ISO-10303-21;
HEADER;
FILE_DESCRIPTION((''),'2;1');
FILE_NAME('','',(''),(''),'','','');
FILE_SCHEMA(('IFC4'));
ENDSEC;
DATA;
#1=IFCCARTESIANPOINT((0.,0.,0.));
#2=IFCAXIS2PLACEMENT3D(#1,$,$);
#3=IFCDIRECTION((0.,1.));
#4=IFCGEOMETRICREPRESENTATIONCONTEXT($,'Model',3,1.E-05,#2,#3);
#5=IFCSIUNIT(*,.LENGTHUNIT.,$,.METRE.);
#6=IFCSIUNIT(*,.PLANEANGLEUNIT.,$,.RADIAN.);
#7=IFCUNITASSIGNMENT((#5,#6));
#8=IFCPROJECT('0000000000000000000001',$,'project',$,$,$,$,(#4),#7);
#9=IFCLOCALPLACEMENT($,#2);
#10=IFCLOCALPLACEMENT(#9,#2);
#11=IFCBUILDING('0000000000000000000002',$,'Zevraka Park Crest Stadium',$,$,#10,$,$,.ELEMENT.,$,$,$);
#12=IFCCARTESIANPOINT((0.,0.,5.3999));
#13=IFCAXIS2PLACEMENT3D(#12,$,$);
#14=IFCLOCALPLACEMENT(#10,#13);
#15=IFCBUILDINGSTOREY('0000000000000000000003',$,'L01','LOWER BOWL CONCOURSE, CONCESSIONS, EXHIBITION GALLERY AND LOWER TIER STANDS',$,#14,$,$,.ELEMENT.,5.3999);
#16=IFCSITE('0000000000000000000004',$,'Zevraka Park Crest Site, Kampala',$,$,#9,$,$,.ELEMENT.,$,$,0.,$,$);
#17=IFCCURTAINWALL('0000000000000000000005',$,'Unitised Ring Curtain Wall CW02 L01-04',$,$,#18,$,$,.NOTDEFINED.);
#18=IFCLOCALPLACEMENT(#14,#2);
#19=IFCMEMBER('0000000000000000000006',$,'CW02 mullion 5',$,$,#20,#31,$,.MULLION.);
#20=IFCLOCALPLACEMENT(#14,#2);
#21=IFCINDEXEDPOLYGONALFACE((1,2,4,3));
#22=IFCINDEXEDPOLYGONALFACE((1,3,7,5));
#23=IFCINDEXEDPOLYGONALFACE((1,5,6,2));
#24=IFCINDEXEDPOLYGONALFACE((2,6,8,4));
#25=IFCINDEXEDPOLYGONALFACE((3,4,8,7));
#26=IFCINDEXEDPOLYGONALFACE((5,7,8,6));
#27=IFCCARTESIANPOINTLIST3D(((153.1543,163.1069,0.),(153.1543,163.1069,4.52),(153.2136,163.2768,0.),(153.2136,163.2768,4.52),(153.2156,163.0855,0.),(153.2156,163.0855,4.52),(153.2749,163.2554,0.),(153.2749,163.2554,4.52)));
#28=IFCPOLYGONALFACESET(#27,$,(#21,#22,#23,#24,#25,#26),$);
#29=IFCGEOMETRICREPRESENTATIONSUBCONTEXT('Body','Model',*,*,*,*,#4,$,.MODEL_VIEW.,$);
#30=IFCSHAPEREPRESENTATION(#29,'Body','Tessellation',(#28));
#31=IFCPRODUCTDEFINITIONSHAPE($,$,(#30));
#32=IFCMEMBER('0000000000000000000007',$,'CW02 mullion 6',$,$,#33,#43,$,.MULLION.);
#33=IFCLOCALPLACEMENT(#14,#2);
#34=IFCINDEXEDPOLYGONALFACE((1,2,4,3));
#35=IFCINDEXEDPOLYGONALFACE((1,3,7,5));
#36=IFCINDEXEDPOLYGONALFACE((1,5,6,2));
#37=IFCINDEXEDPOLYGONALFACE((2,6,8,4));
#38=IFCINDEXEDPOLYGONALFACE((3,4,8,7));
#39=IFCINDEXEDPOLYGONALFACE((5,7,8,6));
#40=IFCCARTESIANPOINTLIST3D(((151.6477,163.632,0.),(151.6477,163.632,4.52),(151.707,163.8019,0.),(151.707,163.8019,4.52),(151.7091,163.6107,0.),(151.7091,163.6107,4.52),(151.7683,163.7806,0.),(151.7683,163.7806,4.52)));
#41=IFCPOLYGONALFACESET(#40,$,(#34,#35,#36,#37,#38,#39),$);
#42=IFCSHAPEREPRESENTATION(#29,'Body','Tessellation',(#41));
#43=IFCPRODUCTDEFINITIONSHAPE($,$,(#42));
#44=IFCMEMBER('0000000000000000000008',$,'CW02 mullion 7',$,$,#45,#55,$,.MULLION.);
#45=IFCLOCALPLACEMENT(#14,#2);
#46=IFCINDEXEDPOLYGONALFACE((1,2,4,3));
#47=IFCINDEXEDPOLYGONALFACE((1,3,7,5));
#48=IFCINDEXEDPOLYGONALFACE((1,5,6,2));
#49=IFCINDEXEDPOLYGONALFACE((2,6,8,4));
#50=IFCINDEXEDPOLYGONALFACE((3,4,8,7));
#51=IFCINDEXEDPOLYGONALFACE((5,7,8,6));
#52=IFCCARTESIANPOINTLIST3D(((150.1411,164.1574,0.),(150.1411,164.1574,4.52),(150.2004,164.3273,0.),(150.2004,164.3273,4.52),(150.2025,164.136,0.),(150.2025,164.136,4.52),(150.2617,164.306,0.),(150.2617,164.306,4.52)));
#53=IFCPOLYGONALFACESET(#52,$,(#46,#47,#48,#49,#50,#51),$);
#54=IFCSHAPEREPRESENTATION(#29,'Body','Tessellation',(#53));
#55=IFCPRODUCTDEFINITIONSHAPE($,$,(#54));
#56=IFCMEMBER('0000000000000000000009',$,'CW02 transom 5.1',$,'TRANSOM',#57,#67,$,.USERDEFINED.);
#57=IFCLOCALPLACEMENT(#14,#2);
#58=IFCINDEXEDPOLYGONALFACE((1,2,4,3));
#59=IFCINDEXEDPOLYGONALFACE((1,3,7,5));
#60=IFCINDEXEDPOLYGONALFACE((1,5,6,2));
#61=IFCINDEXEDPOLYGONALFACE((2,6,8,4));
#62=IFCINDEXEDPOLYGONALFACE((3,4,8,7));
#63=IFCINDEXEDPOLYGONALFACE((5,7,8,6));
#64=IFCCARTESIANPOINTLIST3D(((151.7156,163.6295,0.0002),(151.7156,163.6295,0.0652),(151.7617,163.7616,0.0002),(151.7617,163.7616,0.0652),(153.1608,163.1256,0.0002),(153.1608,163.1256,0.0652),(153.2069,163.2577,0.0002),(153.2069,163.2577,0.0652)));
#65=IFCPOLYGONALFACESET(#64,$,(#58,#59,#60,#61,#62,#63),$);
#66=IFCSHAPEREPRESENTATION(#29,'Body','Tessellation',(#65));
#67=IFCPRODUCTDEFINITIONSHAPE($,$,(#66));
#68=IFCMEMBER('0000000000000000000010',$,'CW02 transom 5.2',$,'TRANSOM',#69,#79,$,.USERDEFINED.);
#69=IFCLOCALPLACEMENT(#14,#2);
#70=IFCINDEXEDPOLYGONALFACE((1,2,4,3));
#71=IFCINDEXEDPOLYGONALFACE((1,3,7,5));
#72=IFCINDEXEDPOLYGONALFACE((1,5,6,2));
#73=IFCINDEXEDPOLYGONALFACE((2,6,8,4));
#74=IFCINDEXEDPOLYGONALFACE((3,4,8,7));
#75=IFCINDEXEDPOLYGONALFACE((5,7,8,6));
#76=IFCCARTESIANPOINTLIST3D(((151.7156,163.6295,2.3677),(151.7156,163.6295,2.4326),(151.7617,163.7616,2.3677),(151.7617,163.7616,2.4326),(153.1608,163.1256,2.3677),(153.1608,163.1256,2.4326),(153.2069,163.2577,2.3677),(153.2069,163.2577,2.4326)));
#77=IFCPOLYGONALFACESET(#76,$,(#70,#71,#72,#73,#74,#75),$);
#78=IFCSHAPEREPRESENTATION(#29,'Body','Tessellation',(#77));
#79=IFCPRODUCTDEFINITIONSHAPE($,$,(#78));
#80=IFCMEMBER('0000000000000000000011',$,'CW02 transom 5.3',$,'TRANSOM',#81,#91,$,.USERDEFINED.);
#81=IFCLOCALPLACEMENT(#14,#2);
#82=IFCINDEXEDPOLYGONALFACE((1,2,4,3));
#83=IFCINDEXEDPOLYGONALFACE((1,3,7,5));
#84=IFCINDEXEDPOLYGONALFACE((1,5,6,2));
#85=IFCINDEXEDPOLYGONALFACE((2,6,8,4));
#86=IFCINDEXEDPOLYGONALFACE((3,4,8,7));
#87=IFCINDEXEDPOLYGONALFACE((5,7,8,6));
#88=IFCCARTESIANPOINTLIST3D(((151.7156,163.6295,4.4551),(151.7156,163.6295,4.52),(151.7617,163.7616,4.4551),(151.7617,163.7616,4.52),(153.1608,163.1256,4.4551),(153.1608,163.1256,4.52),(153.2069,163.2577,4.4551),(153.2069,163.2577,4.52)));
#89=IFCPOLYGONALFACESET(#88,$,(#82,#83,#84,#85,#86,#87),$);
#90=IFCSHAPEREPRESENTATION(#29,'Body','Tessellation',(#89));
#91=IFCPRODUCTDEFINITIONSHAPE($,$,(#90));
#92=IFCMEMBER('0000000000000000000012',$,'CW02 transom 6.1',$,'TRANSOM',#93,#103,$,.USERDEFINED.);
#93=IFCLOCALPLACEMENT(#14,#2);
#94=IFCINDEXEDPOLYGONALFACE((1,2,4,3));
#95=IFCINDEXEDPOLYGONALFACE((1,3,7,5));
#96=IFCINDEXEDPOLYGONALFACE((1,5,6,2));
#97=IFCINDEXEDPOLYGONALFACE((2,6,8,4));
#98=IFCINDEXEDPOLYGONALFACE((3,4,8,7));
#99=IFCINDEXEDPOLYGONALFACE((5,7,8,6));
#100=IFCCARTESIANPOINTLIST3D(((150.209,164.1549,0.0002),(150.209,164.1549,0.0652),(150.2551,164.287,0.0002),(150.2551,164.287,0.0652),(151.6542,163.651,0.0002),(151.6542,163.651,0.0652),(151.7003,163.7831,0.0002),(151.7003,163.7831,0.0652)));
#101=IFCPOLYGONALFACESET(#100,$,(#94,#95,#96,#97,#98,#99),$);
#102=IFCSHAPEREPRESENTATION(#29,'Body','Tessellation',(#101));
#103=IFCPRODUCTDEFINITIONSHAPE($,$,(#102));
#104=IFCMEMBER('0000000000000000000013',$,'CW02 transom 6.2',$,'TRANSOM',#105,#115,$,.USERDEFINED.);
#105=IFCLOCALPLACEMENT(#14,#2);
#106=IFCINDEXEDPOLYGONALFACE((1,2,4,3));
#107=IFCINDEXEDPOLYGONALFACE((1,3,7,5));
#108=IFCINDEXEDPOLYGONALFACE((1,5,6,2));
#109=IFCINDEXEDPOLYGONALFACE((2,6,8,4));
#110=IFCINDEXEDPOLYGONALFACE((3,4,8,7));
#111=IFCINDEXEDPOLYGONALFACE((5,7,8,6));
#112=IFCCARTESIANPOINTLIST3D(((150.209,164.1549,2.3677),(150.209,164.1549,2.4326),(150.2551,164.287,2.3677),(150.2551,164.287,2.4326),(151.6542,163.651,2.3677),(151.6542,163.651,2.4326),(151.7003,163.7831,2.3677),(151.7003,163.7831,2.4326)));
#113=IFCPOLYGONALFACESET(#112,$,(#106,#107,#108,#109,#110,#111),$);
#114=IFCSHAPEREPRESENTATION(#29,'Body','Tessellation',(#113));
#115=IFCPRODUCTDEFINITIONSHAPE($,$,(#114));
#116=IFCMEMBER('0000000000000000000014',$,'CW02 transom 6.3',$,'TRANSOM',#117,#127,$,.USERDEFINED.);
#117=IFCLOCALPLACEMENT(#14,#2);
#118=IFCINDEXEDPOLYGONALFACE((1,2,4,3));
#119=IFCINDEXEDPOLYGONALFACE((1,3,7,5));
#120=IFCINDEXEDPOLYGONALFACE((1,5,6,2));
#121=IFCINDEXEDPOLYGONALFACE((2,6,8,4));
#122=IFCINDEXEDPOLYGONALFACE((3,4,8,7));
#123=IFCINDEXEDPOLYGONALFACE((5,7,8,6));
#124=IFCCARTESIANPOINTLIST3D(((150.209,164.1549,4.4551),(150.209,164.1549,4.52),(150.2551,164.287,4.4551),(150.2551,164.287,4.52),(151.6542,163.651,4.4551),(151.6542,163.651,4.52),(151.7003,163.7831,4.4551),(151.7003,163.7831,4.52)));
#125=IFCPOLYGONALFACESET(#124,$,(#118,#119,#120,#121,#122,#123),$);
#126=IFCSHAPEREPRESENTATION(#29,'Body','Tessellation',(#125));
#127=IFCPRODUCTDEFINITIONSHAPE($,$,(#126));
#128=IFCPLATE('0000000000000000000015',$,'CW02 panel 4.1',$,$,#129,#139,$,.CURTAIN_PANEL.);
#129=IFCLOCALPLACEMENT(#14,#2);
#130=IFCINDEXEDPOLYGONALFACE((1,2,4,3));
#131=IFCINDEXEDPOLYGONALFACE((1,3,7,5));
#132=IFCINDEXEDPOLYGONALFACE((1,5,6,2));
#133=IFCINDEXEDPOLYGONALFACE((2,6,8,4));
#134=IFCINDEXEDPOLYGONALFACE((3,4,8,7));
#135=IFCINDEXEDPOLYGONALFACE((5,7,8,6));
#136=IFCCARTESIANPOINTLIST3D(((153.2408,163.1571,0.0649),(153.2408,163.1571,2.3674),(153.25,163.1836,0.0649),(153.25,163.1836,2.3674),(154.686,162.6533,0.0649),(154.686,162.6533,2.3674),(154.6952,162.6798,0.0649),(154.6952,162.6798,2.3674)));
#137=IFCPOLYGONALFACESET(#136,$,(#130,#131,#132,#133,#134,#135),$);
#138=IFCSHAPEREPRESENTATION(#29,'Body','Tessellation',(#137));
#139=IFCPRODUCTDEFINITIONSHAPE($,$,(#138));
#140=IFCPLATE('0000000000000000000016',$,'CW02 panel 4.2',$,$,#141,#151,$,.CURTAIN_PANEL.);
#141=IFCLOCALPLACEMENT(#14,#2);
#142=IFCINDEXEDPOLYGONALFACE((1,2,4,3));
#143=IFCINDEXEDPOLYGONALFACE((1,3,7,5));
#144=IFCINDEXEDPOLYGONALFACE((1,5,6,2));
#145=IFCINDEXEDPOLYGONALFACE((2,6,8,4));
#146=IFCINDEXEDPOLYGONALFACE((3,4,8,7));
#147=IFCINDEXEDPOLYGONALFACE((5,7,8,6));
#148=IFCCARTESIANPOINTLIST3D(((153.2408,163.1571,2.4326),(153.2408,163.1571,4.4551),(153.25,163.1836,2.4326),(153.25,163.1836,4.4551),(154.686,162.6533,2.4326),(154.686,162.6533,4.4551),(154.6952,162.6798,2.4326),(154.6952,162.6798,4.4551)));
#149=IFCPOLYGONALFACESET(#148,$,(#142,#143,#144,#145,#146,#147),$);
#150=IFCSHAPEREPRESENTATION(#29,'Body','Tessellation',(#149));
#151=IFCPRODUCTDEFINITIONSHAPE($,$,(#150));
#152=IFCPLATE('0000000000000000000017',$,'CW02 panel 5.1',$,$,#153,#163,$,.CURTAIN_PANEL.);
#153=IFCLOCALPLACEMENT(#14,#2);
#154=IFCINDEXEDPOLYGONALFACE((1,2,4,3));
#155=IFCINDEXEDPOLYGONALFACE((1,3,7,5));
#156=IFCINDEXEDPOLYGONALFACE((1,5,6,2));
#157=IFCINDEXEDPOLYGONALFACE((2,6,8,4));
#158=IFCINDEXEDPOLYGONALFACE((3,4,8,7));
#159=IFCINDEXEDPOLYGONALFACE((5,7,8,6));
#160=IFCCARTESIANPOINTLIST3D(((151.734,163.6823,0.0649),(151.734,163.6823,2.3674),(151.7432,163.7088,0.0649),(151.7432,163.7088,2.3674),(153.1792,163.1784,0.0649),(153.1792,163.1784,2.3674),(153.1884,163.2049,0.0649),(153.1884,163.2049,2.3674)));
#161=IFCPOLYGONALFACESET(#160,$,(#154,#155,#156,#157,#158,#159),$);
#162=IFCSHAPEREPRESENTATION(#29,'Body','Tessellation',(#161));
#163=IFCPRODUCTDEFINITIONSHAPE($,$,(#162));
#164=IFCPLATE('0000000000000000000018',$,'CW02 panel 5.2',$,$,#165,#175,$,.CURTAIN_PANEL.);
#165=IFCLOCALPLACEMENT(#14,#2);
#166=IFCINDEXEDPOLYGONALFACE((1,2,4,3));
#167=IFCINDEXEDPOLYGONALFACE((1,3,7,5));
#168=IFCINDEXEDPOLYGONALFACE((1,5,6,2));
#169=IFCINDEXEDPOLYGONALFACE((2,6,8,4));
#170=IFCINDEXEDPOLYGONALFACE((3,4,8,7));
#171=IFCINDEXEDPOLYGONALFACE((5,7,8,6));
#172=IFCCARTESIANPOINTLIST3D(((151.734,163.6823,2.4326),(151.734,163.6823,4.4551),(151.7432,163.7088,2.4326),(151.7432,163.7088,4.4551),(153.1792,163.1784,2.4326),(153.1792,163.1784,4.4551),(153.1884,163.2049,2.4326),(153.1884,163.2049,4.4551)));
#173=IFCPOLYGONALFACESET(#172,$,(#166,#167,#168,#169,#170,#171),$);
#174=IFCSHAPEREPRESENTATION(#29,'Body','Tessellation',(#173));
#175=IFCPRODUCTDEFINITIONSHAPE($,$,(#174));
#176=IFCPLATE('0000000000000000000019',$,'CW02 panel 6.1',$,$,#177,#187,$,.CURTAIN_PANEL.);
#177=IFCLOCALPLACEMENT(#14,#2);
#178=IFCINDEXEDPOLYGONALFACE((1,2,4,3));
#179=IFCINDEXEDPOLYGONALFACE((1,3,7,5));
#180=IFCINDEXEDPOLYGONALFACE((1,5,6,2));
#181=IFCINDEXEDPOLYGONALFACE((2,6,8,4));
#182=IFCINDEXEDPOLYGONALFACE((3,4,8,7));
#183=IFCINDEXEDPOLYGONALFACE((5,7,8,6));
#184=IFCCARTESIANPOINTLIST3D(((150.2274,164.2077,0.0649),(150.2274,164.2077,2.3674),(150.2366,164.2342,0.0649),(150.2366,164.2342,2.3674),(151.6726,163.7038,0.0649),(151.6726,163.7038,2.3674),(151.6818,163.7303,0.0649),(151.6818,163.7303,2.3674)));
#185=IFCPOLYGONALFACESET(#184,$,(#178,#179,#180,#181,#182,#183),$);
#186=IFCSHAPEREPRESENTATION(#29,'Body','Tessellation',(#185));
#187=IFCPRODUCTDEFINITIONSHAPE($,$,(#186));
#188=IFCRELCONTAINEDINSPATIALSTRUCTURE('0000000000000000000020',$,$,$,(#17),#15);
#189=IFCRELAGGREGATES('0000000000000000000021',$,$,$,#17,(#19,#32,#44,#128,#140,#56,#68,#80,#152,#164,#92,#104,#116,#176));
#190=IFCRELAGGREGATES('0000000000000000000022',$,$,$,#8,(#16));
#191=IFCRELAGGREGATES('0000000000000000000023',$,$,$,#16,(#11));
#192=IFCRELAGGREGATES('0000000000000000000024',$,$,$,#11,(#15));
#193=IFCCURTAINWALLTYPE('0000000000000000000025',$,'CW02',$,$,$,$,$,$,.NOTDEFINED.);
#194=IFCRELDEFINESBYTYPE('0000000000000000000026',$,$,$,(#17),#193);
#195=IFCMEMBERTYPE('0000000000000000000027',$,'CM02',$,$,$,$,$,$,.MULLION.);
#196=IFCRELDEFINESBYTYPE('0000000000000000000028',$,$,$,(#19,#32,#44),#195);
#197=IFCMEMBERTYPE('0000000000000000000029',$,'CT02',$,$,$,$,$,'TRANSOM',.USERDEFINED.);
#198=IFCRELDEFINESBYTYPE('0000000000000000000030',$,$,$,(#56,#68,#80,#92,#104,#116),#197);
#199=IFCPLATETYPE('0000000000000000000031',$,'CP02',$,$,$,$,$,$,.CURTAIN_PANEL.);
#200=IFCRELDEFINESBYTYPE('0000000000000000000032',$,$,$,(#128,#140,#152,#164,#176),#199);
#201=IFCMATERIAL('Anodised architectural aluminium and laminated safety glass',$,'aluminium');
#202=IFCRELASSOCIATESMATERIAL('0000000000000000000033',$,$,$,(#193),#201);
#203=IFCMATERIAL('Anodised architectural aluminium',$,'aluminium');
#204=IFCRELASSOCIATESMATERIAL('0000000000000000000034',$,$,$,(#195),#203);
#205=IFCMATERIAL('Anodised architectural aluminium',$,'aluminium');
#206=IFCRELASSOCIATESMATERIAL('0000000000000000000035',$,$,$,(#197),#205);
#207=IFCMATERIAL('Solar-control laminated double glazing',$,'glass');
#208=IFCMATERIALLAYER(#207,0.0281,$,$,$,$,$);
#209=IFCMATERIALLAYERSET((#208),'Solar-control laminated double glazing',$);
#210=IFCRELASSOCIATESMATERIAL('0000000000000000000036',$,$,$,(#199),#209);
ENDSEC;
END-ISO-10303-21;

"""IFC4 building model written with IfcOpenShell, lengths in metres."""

from ifc_helpers import new_model, si_unit, direction, frame, origin, origin_2d, place, context, subcontext, project, spatial, rectangle, extrude, material, layer, layer_set, material_profile, profile_set, type_object, element, aggregate, save


model = new_model("IFC4")

# Units and contexts
model_context = context("Model", 3, precision=1e-05, world=origin(), true_north=direction((0.0, 1.0)))
body_context = subcontext(model_context, "Body", "Model", "MODEL_VIEW")
ifc_project = project(units=[si_unit("LENGTHUNIT", "METRE"), si_unit("PLANEANGLEUNIT", "RADIAN")], contexts=[model_context])

# Site, building, storey
site_placement = place(None, origin())
site = spatial("IfcSite", under=ifc_project, at=site_placement, Name="Zevraka Park Crest Site, Kampala", CompositionType="ELEMENT", RefElevation=0.0)
building_placement = place(site_placement, origin())
building = spatial("IfcBuilding", under=site, at=building_placement, Name="Zevraka Park Crest Stadium", CompositionType="ELEMENT")
storey_placement = place(building_placement, frame((0.0, 0.0, 5.3999)))
storey = spatial("IfcBuildingStorey", under=building, at=storey_placement, Name="L01", Description="LOWER BOWL CONCOURSE, CONCESSIONS, EXHIBITION GALLERY AND LOWER TIER STANDS", CompositionType="ELEMENT", Elevation=5.3999)

# Curtain wall, members, plates
ifc_material_1 = material(Name="Anodised architectural aluminium and laminated safety glass", Category="aluminium")
curtain_wall_type = type_object("IfcCurtainWallType", Name="CW02", PredefinedType="NOTDEFINED", material=ifc_material_1)
curtain_wall_placement = place(storey_placement, origin())
curtain_wall = element("IfcCurtainWall", 1, at=curtain_wall_placement, inside=storey, type_object=curtain_wall_type, Name="Unitised Ring Curtain Wall CW02 L01-04", PredefinedType="NOTDEFINED")
ifc_material_2 = material(Name="Anodised architectural aluminium", Category="aluminium")
ifc_material_profile_1 = material_profile(ifc_material_2, rectangle(XDim=0.1799, YDim=0.0649, at=origin_2d()), Name="ALU MULLION 180x65")
ifc_profile_set_1 = profile_set([ifc_material_profile_1], Name="Anodised architectural aluminium")
member_type_1 = type_object("IfcMemberType", Name="CM02", PredefinedType="MULLION", material=ifc_profile_set_1)
member_1_placement = place(storey_placement, frame((153.2146, 163.1812, 0.0), z_axis=(0.0, 0.0, 1.0), x_axis=(-0.329209, -0.944257, 0.0)))
member_1 = element("IfcMember", 2, at=member_1_placement, type_object=member_type_1, Name="CW02 mullion 5", PredefinedType="MULLION", context=body_context, shape_type="SweptSolid", body=[
    extrude(rectangle(XDim=0.1799, YDim=0.0649, at=origin_2d()), origin(), (0.0, 0.0, 1.0), 4.52),
])
member_2_placement = place(storey_placement, frame((151.708, 163.7063, 0.0), z_axis=(0.0, 0.0, 1.0), x_axis=(-0.329209, -0.944257, 0.0)))
member_2 = element("IfcMember", 3, at=member_2_placement, type_object=member_type_1, Name="CW02 mullion 6", PredefinedType="MULLION", context=body_context, shape_type="SweptSolid", body=[
    extrude(rectangle(XDim=0.1799, YDim=0.0649, at=origin_2d()), origin(), (0.0, 0.0, 1.0), 4.52),
])
member_3_placement = place(storey_placement, frame((150.2014, 164.2317, 0.0), z_axis=(0.0, 0.0, 1.0), x_axis=(-0.329209, -0.944257, 0.0)))
member_3 = element("IfcMember", 4, at=member_3_placement, type_object=member_type_1, Name="CW02 mullion 7", PredefinedType="MULLION", context=body_context, shape_type="SweptSolid", body=[
    extrude(rectangle(XDim=0.1799, YDim=0.0649, at=origin_2d()), origin(), (0.0, 0.0, 1.0), 4.52),
])
ifc_material_3 = material(Name="Anodised architectural aluminium", Category="aluminium")
ifc_material_profile_2 = material_profile(ifc_material_3, rectangle(XDim=0.1399, YDim=0.0649, at=origin_2d()), Name="ALU TRANSOM 140x65")
ifc_profile_set_2 = profile_set([ifc_material_profile_2], Name="Anodised architectural aluminium")
member_type_2 = type_object("IfcMemberType", Name="CT02", ElementType="TRANSOM", PredefinedType="USERDEFINED", material=ifc_profile_set_2)
member_4_placement = place(storey_placement, frame((153.1838, 163.1917, 0.0327), z_axis=(-0.944238, 0.329263, 0.0), x_axis=(-0.329263, -0.944238, 0.0)))
member_4 = element("IfcMember", 5, at=member_4_placement, type_object=member_type_2, Name="CW02 transom 5.1", ObjectType="TRANSOM", PredefinedType="USERDEFINED", context=body_context, shape_type="SweptSolid", body=[
    extrude(rectangle(XDim=0.1399, YDim=0.0649, at=origin_2d()), origin(), (0.0, 0.0, 1.0), 1.5305),
])
member_5_placement = place(storey_placement, frame((153.1838, 163.1917, 2.4001), z_axis=(-0.944238, 0.329263, 0.0), x_axis=(-0.329263, -0.944238, 0.0)))
member_5 = element("IfcMember", 6, at=member_5_placement, type_object=member_type_2, Name="CW02 transom 5.2", ObjectType="TRANSOM", PredefinedType="USERDEFINED", context=body_context, shape_type="SweptSolid", body=[
    extrude(rectangle(XDim=0.1399, YDim=0.0649, at=origin_2d()), origin(), (0.0, 0.0, 1.0), 1.5305),
])
member_6_placement = place(storey_placement, frame((153.1838, 163.1917, 4.4875), z_axis=(-0.944238, 0.329263, 0.0), x_axis=(-0.329263, -0.944238, 0.0)))
member_6 = element("IfcMember", 7, at=member_6_placement, type_object=member_type_2, Name="CW02 transom 5.3", ObjectType="TRANSOM", PredefinedType="USERDEFINED", context=body_context, shape_type="SweptSolid", body=[
    extrude(rectangle(XDim=0.1399, YDim=0.0649, at=origin_2d()), origin(), (0.0, 0.0, 1.0), 1.5305),
])
member_7_placement = place(storey_placement, frame((151.6772, 163.717, 0.0327), z_axis=(-0.944238, 0.329263, 0.0), x_axis=(-0.329263, -0.944238, 0.0)))
member_7 = element("IfcMember", 8, at=member_7_placement, type_object=member_type_2, Name="CW02 transom 6.1", ObjectType="TRANSOM", PredefinedType="USERDEFINED", context=body_context, shape_type="SweptSolid", body=[
    extrude(rectangle(XDim=0.1399, YDim=0.0649, at=origin_2d()), origin(), (0.0, 0.0, 1.0), 1.5305),
])
member_8_placement = place(storey_placement, frame((151.6772, 163.717, 2.4001), z_axis=(-0.944238, 0.329263, 0.0), x_axis=(-0.329263, -0.944238, 0.0)))
member_8 = element("IfcMember", 9, at=member_8_placement, type_object=member_type_2, Name="CW02 transom 6.2", ObjectType="TRANSOM", PredefinedType="USERDEFINED", context=body_context, shape_type="SweptSolid", body=[
    extrude(rectangle(XDim=0.1399, YDim=0.0649, at=origin_2d()), origin(), (0.0, 0.0, 1.0), 1.5305),
])
member_9_placement = place(storey_placement, frame((151.6772, 163.717, 4.4875), z_axis=(-0.944238, 0.329263, 0.0), x_axis=(-0.329263, -0.944238, 0.0)))
member_9 = element("IfcMember", 10, at=member_9_placement, type_object=member_type_2, Name="CW02 transom 6.3", ObjectType="TRANSOM", PredefinedType="USERDEFINED", context=body_context, shape_type="SweptSolid", body=[
    extrude(rectangle(XDim=0.1399, YDim=0.0649, at=origin_2d()), origin(), (0.0, 0.0, 1.0), 1.5305),
])
ifc_material_4 = material(Name="Solar-control laminated double glazing", Category="glass")
ifc_layer_1 = layer(ifc_material_4, 0.0281)
ifc_layer_set_1 = layer_set([ifc_layer_1], Name="Solar-control laminated double glazing")
plate_type = type_object("IfcPlateType", Name="CP02", PredefinedType="CURTAIN_PANEL", material=ifc_layer_set_1)
plate_1_placement = place(storey_placement, frame((153.968, 162.9185, 0.0649), z_axis=(0.0, 0.0, 1.0), x_axis=(-0.944257, 0.329209, 0.0)))
plate_1 = element("IfcPlate", 11, at=plate_1_placement, type_object=plate_type, Name="CW02 panel 4.1", PredefinedType="CURTAIN_PANEL", context=body_context, shape_type="SweptSolid", body=[
    extrude(rectangle(XDim=1.5305, YDim=0.0281, at=origin_2d()), origin(), (0.0, 0.0, 1.0), 2.3025),
])
plate_2_placement = place(storey_placement, frame((153.968, 162.9185, 2.4326), z_axis=(0.0, 0.0, 1.0), x_axis=(-0.944257, 0.329209, 0.0)))
plate_2 = element("IfcPlate", 12, at=plate_2_placement, type_object=plate_type, Name="CW02 panel 4.2", PredefinedType="CURTAIN_PANEL", context=body_context, shape_type="SweptSolid", body=[
    extrude(rectangle(XDim=1.5305, YDim=0.0281, at=origin_2d()), origin(), (0.0, 0.0, 1.0), 2.0225),
])
plate_3_placement = place(storey_placement, frame((152.4612, 163.4436, 0.0649), z_axis=(0.0, 0.0, 1.0), x_axis=(-0.944257, 0.329209, 0.0)))
plate_3 = element("IfcPlate", 13, at=plate_3_placement, type_object=plate_type, Name="CW02 panel 5.1", PredefinedType="CURTAIN_PANEL", context=body_context, shape_type="SweptSolid", body=[
    extrude(rectangle(XDim=1.5305, YDim=0.0281, at=origin_2d()), origin(), (0.0, 0.0, 1.0), 2.3025),
])
plate_4_placement = place(storey_placement, frame((152.4612, 163.4436, 2.4326), z_axis=(0.0, 0.0, 1.0), x_axis=(-0.944257, 0.329209, 0.0)))
plate_4 = element("IfcPlate", 14, at=plate_4_placement, type_object=plate_type, Name="CW02 panel 5.2", PredefinedType="CURTAIN_PANEL", context=body_context, shape_type="SweptSolid", body=[
    extrude(rectangle(XDim=1.5305, YDim=0.0281, at=origin_2d()), origin(), (0.0, 0.0, 1.0), 2.0225),
])
plate_5_placement = place(storey_placement, frame((150.9546, 163.969, 0.0649), z_axis=(0.0, 0.0, 1.0), x_axis=(-0.944257, 0.329209, 0.0)))
plate_5 = element("IfcPlate", 15, at=plate_5_placement, type_object=plate_type, Name="CW02 panel 6.1", PredefinedType="CURTAIN_PANEL", context=body_context, shape_type="SweptSolid", body=[
    extrude(rectangle(XDim=1.5305, YDim=0.0281, at=origin_2d()), origin(), (0.0, 0.0, 1.0), 2.3025),
])
aggregate(curtain_wall, [member_1, member_2, member_3, plate_1, plate_2, member_4, member_5, member_6, plate_3, plate_4, member_7, member_8, member_9, plate_5])

save(model, "model.ifc")
